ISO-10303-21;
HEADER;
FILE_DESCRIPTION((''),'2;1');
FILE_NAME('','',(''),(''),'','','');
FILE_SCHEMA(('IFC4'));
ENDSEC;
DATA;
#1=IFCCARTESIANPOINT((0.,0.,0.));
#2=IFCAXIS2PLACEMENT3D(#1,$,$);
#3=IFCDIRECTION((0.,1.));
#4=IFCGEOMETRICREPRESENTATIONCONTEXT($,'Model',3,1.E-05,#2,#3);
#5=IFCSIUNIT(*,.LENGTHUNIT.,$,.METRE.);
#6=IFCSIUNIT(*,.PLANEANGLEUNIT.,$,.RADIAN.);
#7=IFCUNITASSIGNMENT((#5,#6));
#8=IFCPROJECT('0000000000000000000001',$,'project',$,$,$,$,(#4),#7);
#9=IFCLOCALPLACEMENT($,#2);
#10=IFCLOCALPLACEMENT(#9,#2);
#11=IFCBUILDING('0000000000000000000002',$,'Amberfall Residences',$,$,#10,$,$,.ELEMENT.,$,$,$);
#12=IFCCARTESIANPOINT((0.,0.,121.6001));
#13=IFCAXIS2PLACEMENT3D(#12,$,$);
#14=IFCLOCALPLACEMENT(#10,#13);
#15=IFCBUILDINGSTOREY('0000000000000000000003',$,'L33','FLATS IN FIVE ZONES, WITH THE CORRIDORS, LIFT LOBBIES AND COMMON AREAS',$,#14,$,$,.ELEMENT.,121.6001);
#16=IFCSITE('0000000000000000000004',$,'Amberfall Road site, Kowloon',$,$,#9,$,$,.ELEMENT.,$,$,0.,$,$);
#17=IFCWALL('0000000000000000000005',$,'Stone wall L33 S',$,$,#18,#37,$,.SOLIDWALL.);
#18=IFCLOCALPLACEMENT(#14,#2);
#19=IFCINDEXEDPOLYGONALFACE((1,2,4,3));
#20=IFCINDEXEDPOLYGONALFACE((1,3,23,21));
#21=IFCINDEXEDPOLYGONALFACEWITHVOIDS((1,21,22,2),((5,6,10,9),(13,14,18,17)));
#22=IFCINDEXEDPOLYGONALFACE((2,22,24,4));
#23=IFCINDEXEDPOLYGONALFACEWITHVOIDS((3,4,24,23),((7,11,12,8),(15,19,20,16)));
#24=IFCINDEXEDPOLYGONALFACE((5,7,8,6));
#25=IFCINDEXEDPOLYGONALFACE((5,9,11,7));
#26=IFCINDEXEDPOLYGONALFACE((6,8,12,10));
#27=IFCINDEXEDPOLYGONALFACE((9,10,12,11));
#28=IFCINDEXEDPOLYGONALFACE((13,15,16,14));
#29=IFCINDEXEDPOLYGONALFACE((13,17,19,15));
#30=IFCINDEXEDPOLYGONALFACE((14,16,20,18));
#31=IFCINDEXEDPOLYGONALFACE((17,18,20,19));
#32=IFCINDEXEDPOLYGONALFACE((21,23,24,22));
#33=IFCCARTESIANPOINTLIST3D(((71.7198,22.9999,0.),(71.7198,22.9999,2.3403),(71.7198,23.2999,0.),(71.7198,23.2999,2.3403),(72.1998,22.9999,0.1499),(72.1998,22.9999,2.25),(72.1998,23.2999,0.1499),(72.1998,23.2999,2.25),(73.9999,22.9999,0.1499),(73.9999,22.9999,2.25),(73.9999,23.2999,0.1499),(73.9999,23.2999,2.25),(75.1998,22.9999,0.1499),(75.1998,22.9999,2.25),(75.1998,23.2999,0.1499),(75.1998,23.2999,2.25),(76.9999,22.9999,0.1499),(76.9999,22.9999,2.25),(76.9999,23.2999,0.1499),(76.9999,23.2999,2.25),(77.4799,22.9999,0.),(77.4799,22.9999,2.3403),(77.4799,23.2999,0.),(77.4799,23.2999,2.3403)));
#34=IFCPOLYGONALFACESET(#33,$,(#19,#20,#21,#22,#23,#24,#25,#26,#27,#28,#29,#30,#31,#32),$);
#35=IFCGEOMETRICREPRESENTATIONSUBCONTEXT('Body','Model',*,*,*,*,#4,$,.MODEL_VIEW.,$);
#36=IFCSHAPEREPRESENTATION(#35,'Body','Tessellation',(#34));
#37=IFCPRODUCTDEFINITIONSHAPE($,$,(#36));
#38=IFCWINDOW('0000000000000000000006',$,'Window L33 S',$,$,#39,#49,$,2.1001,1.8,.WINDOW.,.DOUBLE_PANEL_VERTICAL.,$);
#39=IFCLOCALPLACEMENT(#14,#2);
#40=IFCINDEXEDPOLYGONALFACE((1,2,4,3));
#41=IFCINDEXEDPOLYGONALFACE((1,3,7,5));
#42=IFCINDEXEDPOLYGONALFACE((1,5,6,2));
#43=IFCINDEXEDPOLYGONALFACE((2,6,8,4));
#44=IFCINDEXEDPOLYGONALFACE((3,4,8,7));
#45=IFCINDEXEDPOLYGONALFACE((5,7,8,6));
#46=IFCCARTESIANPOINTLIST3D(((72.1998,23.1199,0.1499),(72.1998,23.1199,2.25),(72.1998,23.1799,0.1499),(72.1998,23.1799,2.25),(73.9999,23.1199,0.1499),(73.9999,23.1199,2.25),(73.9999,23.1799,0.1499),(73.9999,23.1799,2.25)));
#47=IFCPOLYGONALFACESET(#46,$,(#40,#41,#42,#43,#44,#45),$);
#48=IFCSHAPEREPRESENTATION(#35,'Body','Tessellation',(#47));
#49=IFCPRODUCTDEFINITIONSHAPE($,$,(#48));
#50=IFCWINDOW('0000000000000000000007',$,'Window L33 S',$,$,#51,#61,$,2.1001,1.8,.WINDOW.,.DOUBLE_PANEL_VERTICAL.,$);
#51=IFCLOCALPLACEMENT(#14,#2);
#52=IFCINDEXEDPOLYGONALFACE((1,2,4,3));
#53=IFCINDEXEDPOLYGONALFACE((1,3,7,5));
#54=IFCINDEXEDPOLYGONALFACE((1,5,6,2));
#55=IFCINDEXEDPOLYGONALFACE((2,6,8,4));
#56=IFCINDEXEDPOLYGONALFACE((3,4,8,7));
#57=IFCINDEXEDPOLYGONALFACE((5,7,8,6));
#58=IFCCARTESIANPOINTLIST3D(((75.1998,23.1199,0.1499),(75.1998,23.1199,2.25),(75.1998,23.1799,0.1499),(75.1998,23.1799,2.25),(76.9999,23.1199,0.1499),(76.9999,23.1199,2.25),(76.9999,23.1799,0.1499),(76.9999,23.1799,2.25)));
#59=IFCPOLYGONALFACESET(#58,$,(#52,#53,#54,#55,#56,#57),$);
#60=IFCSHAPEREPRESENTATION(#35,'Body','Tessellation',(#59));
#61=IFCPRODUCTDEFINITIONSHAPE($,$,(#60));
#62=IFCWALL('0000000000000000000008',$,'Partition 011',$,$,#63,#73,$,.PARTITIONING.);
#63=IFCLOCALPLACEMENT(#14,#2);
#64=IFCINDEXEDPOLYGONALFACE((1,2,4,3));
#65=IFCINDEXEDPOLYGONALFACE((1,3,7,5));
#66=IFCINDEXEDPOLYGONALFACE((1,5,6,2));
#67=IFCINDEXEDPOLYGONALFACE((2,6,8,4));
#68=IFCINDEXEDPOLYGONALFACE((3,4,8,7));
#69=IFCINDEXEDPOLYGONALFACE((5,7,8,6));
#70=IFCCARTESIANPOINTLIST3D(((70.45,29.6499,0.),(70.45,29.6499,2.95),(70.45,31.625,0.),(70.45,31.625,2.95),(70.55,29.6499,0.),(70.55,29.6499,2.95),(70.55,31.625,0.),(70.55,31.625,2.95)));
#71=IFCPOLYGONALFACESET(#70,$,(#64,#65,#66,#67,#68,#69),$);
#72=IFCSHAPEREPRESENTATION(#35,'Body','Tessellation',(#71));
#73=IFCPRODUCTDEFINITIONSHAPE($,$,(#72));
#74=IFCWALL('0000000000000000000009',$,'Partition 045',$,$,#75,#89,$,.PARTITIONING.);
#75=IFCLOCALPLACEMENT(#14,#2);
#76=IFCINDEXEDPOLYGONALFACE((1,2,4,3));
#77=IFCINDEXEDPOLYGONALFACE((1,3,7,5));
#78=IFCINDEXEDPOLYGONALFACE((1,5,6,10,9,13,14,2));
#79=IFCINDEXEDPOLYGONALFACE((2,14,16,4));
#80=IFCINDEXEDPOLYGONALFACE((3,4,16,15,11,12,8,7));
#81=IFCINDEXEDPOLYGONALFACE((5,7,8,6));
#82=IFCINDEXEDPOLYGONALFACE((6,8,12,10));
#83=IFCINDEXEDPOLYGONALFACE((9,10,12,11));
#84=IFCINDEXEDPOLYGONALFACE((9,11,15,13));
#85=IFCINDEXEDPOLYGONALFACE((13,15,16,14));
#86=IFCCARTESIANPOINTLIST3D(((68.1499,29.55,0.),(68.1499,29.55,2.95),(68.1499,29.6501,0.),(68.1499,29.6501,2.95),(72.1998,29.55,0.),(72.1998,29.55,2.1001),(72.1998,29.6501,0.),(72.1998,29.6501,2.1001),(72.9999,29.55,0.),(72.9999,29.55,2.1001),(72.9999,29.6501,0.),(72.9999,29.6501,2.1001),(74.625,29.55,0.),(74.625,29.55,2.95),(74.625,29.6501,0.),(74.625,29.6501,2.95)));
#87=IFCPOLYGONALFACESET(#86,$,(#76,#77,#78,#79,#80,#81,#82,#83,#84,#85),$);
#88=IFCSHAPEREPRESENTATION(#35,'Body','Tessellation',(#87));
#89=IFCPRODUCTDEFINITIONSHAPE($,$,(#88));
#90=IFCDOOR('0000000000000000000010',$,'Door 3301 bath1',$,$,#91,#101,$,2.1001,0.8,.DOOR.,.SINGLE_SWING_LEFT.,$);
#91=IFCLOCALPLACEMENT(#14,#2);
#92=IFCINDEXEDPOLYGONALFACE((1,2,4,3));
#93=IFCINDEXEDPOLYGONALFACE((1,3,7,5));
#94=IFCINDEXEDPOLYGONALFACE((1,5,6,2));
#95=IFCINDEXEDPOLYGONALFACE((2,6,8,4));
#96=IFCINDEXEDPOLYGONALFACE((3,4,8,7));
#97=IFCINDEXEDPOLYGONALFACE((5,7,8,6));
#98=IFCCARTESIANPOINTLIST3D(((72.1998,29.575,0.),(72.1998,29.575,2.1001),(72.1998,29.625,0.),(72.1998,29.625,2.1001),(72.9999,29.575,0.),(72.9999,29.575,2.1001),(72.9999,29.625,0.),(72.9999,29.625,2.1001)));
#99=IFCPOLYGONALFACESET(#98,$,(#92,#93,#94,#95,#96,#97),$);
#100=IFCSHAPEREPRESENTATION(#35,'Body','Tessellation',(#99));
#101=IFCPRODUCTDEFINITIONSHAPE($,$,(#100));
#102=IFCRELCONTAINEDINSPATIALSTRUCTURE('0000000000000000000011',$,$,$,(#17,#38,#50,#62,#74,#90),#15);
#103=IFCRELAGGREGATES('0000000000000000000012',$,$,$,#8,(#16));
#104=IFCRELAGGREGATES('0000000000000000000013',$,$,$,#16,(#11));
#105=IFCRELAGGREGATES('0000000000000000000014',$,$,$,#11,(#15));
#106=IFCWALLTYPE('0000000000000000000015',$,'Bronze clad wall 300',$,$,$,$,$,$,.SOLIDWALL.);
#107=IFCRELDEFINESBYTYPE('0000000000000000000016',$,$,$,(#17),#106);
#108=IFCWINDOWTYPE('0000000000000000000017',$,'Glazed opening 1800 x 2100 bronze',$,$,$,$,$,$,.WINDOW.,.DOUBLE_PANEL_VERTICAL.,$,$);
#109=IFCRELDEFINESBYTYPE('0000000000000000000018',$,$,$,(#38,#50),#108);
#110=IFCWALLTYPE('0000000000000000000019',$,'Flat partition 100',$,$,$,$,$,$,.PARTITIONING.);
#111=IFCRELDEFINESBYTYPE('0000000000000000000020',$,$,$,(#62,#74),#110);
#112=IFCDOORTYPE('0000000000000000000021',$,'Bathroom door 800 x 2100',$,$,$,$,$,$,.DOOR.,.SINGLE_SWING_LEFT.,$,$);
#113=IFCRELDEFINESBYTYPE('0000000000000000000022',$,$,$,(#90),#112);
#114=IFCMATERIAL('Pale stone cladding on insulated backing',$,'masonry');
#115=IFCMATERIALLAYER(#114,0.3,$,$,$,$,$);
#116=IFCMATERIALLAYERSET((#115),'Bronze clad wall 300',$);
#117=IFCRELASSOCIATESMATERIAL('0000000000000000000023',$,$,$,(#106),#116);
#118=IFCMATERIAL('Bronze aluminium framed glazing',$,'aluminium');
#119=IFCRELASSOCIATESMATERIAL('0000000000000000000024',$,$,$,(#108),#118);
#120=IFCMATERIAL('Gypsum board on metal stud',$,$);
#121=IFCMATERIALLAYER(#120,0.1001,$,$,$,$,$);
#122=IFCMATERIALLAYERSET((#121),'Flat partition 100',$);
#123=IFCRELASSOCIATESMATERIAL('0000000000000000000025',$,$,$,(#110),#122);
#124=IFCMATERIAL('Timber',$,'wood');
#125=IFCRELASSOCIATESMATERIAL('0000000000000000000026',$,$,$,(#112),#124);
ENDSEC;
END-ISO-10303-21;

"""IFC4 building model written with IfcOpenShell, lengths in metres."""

from ifc_helpers import new_model, si_unit, direction, frame, frame_2d, origin, place, context, subcontext, project, spatial, rectangle, extrude, material, layer, layer_set, type_object, element, fill, save


model = new_model("IFC4")

# Units and contexts
model_context = context("Model", 3, precision=1e-05, world=origin(), true_north=direction((0.0, 1.0)))
body_context = subcontext(model_context, "Body", "Model", "MODEL_VIEW")
ifc_project = project(units=[si_unit("LENGTHUNIT", "METRE"), si_unit("PLANEANGLEUNIT", "RADIAN")], contexts=[model_context])

# Site, building, storey
site_placement = place(None, origin())
site = spatial("IfcSite", under=ifc_project, at=site_placement, Name="Amberfall Road site, Kowloon", CompositionType="ELEMENT", RefElevation=0.0)
building_placement = place(site_placement, origin())
building = spatial("IfcBuilding", under=site, at=building_placement, Name="Amberfall Residences", CompositionType="ELEMENT")
storey_placement = place(building_placement, frame((0.0, 0.0, 121.6001)))
storey = spatial("IfcBuildingStorey", under=building, at=storey_placement, Name="L33", Description="FLATS IN FIVE ZONES, WITH THE CORRIDORS, LIFT LOBBIES AND COMMON AREAS", CompositionType="ELEMENT", Elevation=121.6001)

# Shared definitions
ifc_material_1 = material(Name="Pale stone cladding on insulated backing", Category="masonry")
ifc_layer_1 = layer(ifc_material_1, 0.3)
ifc_layer_set_1 = layer_set([ifc_layer_1], Name="Bronze clad wall 300")
wall_type_1 = type_object("IfcWallType", Name="Bronze clad wall 300", PredefinedType="SOLIDWALL", material=ifc_layer_set_1)

# Wall, openings, windows
ifc_material_2 = material(Name="Bronze aluminium framed glazing", Category="aluminium")
window_type = type_object("IfcWindowType", Name="Glazed opening 1800 x 2100 bronze", PartitioningType="DOUBLE_PANEL_VERTICAL", PredefinedType="WINDOW", material=ifc_material_2)
wall_1_placement = place(storey_placement, frame((71.72, 23.1499, 0.0), z_axis=(0.0, 0.0, 1.0), x_axis=(1.0, 0.0, 0.0)))
wall_1 = element("IfcWall", 1, at=wall_1_placement, inside=storey, type_object=wall_type_1, Name="Stone wall L33 S", PredefinedType="SOLIDWALL", context=body_context, shape_type="SweptSolid", body=[
    extrude(rectangle(XDim=5.76, YDim=0.3, at=frame_2d((2.8799, 0.0))), origin(), (0.0, 0.0, 1.0), 2.3403),
])
opening_1_placement = place(wall_1_placement, frame((0.48, 0.0, 0.1499)))
opening_1 = element("IfcOpeningElement", 2, at=opening_1_placement, cuts=wall_1, PredefinedType="OPENING", context=body_context, shape_type="SweptSolid", body=[
    extrude(rectangle(XDim=1.8, YDim=2.1001, at=frame_2d((0.8999, 1.05))), frame((0.0, 0.1599, 0.0), z_axis=(0.0, -1.0, 0.0), x_axis=(1.0, 0.0, 0.0)), (0.0, 0.0, 1.0), 0.3201),
])
opening_2_placement = place(wall_1_placement, frame((3.48, 0.0, 0.1499)))
opening_2 = element("IfcOpeningElement", 3, at=opening_2_placement, cuts=wall_1, PredefinedType="OPENING", context=body_context, shape_type="SweptSolid", body=[
    extrude(rectangle(XDim=1.8, YDim=2.1001, at=frame_2d((0.8999, 1.05))), frame((0.0, 0.1599, 0.0), z_axis=(0.0, -1.0, 0.0), x_axis=(1.0, 0.0, 0.0)), (0.0, 0.0, 1.0), 0.3201),
])
window_1_placement = place(opening_1_placement, origin())
window_1 = element("IfcWindow", 4, at=window_1_placement, inside=storey, type_object=window_type, Name="Window L33 S", OverallHeight=2.1001, OverallWidth=1.8, PartitioningType="DOUBLE_PANEL_VERTICAL", PredefinedType="WINDOW", context=body_context, shape_type="SweptSolid", body=[
    extrude(rectangle(XDim=1.8, YDim=2.1001, at=frame_2d((0.8999, 1.05))), frame((0.0, 0.03, 0.0), z_axis=(0.0, -1.0, 0.0), x_axis=(1.0, 0.0, 0.0)), (0.0, 0.0, 1.0), 0.0601),
])
fill(opening_1, window_1)
window_2_placement = place(opening_2_placement, origin())
window_2 = element("IfcWindow", 5, at=window_2_placement, inside=storey, type_object=window_type, Name="Window L33 S", OverallHeight=2.1001, OverallWidth=1.8, PartitioningType="DOUBLE_PANEL_VERTICAL", PredefinedType="WINDOW", context=body_context, shape_type="SweptSolid", body=[
    extrude(rectangle(XDim=1.8, YDim=2.1001, at=frame_2d((0.8999, 1.05))), frame((0.0, 0.03, 0.0), z_axis=(0.0, -1.0, 0.0), x_axis=(1.0, 0.0, 0.0)), (0.0, 0.0, 1.0), 0.0601),
])
fill(opening_2, window_2)

# Wall
ifc_material_3 = material(Name="Gypsum board on metal stud")
ifc_layer_2 = layer(ifc_material_3, 0.1001)
ifc_layer_set_2 = layer_set([ifc_layer_2], Name="Flat partition 100")
wall_type_2 = type_object("IfcWallType", Name="Flat partition 100", PredefinedType="PARTITIONING", material=ifc_layer_set_2)
wall_2_placement = place(storey_placement, frame((70.5, 29.6499, 0.0), z_axis=(0.0, 0.0, 1.0), x_axis=(0.0, 1.0, 0.0)))
element("IfcWall", 6, at=wall_2_placement, inside=storey, type_object=wall_type_2, Name="Partition 011", PredefinedType="PARTITIONING", context=body_context, shape_type="SweptSolid", body=[
    extrude(rectangle(XDim=1.9751, YDim=0.1001, at=frame_2d((0.9875, 0.0))), origin(), (0.0, 0.0, 1.0), 2.95),
])

# Wall, opening, door
wall_3_placement = place(storey_placement, frame((68.1499, 29.6001, 0.0), z_axis=(0.0, 0.0, 1.0), x_axis=(1.0, 0.0, 0.0)))
wall_3 = element("IfcWall", 7, at=wall_3_placement, inside=storey, type_object=wall_type_2, Name="Partition 045", PredefinedType="PARTITIONING", context=body_context, shape_type="SweptSolid", body=[
    extrude(rectangle(XDim=6.4751, YDim=0.1001, at=frame_2d((3.2375, 0.0))), origin(), (0.0, 0.0, 1.0), 2.95),
])
opening_3_placement = place(wall_3_placement, frame((4.05, 0.0, 0.0)))
opening_3 = element("IfcOpeningElement", 8, at=opening_3_placement, cuts=wall_3, PredefinedType="OPENING", context=body_context, shape_type="SweptSolid", body=[
    extrude(rectangle(XDim=0.8, YDim=2.1001, at=frame_2d((0.3999, 1.05))), frame((0.0, 0.0601, 0.0), z_axis=(0.0, -1.0, 0.0), x_axis=(1.0, 0.0, 0.0)), (0.0, 0.0, 1.0), 0.1201),
])
ifc_material_4 = material(Name="Timber", Category="wood")
door_type = type_object("IfcDoorType", Name="Bathroom door 800 x 2100", OperationType="SINGLE_SWING_LEFT", PredefinedType="DOOR", material=ifc_material_4)
door_placement = place(opening_3_placement, origin())
door = element("IfcDoor", 9, at=door_placement, inside=storey, type_object=door_type, Name="Door 3301 bath1", OperationType="SINGLE_SWING_LEFT", OverallHeight=2.1001, OverallWidth=0.8, PredefinedType="DOOR", context=body_context, shape_type="SweptSolid", body=[
    extrude(rectangle(XDim=0.8, YDim=2.1001, at=frame_2d((0.3999, 1.05))), frame((0.0, 0.0249, 0.0), z_axis=(0.0, -1.0, 0.0), x_axis=(1.0, 0.0, 0.0)), (0.0, 0.0, 1.0), 0.05),
])
fill(opening_3, door)

save(model, "model.ifc")
